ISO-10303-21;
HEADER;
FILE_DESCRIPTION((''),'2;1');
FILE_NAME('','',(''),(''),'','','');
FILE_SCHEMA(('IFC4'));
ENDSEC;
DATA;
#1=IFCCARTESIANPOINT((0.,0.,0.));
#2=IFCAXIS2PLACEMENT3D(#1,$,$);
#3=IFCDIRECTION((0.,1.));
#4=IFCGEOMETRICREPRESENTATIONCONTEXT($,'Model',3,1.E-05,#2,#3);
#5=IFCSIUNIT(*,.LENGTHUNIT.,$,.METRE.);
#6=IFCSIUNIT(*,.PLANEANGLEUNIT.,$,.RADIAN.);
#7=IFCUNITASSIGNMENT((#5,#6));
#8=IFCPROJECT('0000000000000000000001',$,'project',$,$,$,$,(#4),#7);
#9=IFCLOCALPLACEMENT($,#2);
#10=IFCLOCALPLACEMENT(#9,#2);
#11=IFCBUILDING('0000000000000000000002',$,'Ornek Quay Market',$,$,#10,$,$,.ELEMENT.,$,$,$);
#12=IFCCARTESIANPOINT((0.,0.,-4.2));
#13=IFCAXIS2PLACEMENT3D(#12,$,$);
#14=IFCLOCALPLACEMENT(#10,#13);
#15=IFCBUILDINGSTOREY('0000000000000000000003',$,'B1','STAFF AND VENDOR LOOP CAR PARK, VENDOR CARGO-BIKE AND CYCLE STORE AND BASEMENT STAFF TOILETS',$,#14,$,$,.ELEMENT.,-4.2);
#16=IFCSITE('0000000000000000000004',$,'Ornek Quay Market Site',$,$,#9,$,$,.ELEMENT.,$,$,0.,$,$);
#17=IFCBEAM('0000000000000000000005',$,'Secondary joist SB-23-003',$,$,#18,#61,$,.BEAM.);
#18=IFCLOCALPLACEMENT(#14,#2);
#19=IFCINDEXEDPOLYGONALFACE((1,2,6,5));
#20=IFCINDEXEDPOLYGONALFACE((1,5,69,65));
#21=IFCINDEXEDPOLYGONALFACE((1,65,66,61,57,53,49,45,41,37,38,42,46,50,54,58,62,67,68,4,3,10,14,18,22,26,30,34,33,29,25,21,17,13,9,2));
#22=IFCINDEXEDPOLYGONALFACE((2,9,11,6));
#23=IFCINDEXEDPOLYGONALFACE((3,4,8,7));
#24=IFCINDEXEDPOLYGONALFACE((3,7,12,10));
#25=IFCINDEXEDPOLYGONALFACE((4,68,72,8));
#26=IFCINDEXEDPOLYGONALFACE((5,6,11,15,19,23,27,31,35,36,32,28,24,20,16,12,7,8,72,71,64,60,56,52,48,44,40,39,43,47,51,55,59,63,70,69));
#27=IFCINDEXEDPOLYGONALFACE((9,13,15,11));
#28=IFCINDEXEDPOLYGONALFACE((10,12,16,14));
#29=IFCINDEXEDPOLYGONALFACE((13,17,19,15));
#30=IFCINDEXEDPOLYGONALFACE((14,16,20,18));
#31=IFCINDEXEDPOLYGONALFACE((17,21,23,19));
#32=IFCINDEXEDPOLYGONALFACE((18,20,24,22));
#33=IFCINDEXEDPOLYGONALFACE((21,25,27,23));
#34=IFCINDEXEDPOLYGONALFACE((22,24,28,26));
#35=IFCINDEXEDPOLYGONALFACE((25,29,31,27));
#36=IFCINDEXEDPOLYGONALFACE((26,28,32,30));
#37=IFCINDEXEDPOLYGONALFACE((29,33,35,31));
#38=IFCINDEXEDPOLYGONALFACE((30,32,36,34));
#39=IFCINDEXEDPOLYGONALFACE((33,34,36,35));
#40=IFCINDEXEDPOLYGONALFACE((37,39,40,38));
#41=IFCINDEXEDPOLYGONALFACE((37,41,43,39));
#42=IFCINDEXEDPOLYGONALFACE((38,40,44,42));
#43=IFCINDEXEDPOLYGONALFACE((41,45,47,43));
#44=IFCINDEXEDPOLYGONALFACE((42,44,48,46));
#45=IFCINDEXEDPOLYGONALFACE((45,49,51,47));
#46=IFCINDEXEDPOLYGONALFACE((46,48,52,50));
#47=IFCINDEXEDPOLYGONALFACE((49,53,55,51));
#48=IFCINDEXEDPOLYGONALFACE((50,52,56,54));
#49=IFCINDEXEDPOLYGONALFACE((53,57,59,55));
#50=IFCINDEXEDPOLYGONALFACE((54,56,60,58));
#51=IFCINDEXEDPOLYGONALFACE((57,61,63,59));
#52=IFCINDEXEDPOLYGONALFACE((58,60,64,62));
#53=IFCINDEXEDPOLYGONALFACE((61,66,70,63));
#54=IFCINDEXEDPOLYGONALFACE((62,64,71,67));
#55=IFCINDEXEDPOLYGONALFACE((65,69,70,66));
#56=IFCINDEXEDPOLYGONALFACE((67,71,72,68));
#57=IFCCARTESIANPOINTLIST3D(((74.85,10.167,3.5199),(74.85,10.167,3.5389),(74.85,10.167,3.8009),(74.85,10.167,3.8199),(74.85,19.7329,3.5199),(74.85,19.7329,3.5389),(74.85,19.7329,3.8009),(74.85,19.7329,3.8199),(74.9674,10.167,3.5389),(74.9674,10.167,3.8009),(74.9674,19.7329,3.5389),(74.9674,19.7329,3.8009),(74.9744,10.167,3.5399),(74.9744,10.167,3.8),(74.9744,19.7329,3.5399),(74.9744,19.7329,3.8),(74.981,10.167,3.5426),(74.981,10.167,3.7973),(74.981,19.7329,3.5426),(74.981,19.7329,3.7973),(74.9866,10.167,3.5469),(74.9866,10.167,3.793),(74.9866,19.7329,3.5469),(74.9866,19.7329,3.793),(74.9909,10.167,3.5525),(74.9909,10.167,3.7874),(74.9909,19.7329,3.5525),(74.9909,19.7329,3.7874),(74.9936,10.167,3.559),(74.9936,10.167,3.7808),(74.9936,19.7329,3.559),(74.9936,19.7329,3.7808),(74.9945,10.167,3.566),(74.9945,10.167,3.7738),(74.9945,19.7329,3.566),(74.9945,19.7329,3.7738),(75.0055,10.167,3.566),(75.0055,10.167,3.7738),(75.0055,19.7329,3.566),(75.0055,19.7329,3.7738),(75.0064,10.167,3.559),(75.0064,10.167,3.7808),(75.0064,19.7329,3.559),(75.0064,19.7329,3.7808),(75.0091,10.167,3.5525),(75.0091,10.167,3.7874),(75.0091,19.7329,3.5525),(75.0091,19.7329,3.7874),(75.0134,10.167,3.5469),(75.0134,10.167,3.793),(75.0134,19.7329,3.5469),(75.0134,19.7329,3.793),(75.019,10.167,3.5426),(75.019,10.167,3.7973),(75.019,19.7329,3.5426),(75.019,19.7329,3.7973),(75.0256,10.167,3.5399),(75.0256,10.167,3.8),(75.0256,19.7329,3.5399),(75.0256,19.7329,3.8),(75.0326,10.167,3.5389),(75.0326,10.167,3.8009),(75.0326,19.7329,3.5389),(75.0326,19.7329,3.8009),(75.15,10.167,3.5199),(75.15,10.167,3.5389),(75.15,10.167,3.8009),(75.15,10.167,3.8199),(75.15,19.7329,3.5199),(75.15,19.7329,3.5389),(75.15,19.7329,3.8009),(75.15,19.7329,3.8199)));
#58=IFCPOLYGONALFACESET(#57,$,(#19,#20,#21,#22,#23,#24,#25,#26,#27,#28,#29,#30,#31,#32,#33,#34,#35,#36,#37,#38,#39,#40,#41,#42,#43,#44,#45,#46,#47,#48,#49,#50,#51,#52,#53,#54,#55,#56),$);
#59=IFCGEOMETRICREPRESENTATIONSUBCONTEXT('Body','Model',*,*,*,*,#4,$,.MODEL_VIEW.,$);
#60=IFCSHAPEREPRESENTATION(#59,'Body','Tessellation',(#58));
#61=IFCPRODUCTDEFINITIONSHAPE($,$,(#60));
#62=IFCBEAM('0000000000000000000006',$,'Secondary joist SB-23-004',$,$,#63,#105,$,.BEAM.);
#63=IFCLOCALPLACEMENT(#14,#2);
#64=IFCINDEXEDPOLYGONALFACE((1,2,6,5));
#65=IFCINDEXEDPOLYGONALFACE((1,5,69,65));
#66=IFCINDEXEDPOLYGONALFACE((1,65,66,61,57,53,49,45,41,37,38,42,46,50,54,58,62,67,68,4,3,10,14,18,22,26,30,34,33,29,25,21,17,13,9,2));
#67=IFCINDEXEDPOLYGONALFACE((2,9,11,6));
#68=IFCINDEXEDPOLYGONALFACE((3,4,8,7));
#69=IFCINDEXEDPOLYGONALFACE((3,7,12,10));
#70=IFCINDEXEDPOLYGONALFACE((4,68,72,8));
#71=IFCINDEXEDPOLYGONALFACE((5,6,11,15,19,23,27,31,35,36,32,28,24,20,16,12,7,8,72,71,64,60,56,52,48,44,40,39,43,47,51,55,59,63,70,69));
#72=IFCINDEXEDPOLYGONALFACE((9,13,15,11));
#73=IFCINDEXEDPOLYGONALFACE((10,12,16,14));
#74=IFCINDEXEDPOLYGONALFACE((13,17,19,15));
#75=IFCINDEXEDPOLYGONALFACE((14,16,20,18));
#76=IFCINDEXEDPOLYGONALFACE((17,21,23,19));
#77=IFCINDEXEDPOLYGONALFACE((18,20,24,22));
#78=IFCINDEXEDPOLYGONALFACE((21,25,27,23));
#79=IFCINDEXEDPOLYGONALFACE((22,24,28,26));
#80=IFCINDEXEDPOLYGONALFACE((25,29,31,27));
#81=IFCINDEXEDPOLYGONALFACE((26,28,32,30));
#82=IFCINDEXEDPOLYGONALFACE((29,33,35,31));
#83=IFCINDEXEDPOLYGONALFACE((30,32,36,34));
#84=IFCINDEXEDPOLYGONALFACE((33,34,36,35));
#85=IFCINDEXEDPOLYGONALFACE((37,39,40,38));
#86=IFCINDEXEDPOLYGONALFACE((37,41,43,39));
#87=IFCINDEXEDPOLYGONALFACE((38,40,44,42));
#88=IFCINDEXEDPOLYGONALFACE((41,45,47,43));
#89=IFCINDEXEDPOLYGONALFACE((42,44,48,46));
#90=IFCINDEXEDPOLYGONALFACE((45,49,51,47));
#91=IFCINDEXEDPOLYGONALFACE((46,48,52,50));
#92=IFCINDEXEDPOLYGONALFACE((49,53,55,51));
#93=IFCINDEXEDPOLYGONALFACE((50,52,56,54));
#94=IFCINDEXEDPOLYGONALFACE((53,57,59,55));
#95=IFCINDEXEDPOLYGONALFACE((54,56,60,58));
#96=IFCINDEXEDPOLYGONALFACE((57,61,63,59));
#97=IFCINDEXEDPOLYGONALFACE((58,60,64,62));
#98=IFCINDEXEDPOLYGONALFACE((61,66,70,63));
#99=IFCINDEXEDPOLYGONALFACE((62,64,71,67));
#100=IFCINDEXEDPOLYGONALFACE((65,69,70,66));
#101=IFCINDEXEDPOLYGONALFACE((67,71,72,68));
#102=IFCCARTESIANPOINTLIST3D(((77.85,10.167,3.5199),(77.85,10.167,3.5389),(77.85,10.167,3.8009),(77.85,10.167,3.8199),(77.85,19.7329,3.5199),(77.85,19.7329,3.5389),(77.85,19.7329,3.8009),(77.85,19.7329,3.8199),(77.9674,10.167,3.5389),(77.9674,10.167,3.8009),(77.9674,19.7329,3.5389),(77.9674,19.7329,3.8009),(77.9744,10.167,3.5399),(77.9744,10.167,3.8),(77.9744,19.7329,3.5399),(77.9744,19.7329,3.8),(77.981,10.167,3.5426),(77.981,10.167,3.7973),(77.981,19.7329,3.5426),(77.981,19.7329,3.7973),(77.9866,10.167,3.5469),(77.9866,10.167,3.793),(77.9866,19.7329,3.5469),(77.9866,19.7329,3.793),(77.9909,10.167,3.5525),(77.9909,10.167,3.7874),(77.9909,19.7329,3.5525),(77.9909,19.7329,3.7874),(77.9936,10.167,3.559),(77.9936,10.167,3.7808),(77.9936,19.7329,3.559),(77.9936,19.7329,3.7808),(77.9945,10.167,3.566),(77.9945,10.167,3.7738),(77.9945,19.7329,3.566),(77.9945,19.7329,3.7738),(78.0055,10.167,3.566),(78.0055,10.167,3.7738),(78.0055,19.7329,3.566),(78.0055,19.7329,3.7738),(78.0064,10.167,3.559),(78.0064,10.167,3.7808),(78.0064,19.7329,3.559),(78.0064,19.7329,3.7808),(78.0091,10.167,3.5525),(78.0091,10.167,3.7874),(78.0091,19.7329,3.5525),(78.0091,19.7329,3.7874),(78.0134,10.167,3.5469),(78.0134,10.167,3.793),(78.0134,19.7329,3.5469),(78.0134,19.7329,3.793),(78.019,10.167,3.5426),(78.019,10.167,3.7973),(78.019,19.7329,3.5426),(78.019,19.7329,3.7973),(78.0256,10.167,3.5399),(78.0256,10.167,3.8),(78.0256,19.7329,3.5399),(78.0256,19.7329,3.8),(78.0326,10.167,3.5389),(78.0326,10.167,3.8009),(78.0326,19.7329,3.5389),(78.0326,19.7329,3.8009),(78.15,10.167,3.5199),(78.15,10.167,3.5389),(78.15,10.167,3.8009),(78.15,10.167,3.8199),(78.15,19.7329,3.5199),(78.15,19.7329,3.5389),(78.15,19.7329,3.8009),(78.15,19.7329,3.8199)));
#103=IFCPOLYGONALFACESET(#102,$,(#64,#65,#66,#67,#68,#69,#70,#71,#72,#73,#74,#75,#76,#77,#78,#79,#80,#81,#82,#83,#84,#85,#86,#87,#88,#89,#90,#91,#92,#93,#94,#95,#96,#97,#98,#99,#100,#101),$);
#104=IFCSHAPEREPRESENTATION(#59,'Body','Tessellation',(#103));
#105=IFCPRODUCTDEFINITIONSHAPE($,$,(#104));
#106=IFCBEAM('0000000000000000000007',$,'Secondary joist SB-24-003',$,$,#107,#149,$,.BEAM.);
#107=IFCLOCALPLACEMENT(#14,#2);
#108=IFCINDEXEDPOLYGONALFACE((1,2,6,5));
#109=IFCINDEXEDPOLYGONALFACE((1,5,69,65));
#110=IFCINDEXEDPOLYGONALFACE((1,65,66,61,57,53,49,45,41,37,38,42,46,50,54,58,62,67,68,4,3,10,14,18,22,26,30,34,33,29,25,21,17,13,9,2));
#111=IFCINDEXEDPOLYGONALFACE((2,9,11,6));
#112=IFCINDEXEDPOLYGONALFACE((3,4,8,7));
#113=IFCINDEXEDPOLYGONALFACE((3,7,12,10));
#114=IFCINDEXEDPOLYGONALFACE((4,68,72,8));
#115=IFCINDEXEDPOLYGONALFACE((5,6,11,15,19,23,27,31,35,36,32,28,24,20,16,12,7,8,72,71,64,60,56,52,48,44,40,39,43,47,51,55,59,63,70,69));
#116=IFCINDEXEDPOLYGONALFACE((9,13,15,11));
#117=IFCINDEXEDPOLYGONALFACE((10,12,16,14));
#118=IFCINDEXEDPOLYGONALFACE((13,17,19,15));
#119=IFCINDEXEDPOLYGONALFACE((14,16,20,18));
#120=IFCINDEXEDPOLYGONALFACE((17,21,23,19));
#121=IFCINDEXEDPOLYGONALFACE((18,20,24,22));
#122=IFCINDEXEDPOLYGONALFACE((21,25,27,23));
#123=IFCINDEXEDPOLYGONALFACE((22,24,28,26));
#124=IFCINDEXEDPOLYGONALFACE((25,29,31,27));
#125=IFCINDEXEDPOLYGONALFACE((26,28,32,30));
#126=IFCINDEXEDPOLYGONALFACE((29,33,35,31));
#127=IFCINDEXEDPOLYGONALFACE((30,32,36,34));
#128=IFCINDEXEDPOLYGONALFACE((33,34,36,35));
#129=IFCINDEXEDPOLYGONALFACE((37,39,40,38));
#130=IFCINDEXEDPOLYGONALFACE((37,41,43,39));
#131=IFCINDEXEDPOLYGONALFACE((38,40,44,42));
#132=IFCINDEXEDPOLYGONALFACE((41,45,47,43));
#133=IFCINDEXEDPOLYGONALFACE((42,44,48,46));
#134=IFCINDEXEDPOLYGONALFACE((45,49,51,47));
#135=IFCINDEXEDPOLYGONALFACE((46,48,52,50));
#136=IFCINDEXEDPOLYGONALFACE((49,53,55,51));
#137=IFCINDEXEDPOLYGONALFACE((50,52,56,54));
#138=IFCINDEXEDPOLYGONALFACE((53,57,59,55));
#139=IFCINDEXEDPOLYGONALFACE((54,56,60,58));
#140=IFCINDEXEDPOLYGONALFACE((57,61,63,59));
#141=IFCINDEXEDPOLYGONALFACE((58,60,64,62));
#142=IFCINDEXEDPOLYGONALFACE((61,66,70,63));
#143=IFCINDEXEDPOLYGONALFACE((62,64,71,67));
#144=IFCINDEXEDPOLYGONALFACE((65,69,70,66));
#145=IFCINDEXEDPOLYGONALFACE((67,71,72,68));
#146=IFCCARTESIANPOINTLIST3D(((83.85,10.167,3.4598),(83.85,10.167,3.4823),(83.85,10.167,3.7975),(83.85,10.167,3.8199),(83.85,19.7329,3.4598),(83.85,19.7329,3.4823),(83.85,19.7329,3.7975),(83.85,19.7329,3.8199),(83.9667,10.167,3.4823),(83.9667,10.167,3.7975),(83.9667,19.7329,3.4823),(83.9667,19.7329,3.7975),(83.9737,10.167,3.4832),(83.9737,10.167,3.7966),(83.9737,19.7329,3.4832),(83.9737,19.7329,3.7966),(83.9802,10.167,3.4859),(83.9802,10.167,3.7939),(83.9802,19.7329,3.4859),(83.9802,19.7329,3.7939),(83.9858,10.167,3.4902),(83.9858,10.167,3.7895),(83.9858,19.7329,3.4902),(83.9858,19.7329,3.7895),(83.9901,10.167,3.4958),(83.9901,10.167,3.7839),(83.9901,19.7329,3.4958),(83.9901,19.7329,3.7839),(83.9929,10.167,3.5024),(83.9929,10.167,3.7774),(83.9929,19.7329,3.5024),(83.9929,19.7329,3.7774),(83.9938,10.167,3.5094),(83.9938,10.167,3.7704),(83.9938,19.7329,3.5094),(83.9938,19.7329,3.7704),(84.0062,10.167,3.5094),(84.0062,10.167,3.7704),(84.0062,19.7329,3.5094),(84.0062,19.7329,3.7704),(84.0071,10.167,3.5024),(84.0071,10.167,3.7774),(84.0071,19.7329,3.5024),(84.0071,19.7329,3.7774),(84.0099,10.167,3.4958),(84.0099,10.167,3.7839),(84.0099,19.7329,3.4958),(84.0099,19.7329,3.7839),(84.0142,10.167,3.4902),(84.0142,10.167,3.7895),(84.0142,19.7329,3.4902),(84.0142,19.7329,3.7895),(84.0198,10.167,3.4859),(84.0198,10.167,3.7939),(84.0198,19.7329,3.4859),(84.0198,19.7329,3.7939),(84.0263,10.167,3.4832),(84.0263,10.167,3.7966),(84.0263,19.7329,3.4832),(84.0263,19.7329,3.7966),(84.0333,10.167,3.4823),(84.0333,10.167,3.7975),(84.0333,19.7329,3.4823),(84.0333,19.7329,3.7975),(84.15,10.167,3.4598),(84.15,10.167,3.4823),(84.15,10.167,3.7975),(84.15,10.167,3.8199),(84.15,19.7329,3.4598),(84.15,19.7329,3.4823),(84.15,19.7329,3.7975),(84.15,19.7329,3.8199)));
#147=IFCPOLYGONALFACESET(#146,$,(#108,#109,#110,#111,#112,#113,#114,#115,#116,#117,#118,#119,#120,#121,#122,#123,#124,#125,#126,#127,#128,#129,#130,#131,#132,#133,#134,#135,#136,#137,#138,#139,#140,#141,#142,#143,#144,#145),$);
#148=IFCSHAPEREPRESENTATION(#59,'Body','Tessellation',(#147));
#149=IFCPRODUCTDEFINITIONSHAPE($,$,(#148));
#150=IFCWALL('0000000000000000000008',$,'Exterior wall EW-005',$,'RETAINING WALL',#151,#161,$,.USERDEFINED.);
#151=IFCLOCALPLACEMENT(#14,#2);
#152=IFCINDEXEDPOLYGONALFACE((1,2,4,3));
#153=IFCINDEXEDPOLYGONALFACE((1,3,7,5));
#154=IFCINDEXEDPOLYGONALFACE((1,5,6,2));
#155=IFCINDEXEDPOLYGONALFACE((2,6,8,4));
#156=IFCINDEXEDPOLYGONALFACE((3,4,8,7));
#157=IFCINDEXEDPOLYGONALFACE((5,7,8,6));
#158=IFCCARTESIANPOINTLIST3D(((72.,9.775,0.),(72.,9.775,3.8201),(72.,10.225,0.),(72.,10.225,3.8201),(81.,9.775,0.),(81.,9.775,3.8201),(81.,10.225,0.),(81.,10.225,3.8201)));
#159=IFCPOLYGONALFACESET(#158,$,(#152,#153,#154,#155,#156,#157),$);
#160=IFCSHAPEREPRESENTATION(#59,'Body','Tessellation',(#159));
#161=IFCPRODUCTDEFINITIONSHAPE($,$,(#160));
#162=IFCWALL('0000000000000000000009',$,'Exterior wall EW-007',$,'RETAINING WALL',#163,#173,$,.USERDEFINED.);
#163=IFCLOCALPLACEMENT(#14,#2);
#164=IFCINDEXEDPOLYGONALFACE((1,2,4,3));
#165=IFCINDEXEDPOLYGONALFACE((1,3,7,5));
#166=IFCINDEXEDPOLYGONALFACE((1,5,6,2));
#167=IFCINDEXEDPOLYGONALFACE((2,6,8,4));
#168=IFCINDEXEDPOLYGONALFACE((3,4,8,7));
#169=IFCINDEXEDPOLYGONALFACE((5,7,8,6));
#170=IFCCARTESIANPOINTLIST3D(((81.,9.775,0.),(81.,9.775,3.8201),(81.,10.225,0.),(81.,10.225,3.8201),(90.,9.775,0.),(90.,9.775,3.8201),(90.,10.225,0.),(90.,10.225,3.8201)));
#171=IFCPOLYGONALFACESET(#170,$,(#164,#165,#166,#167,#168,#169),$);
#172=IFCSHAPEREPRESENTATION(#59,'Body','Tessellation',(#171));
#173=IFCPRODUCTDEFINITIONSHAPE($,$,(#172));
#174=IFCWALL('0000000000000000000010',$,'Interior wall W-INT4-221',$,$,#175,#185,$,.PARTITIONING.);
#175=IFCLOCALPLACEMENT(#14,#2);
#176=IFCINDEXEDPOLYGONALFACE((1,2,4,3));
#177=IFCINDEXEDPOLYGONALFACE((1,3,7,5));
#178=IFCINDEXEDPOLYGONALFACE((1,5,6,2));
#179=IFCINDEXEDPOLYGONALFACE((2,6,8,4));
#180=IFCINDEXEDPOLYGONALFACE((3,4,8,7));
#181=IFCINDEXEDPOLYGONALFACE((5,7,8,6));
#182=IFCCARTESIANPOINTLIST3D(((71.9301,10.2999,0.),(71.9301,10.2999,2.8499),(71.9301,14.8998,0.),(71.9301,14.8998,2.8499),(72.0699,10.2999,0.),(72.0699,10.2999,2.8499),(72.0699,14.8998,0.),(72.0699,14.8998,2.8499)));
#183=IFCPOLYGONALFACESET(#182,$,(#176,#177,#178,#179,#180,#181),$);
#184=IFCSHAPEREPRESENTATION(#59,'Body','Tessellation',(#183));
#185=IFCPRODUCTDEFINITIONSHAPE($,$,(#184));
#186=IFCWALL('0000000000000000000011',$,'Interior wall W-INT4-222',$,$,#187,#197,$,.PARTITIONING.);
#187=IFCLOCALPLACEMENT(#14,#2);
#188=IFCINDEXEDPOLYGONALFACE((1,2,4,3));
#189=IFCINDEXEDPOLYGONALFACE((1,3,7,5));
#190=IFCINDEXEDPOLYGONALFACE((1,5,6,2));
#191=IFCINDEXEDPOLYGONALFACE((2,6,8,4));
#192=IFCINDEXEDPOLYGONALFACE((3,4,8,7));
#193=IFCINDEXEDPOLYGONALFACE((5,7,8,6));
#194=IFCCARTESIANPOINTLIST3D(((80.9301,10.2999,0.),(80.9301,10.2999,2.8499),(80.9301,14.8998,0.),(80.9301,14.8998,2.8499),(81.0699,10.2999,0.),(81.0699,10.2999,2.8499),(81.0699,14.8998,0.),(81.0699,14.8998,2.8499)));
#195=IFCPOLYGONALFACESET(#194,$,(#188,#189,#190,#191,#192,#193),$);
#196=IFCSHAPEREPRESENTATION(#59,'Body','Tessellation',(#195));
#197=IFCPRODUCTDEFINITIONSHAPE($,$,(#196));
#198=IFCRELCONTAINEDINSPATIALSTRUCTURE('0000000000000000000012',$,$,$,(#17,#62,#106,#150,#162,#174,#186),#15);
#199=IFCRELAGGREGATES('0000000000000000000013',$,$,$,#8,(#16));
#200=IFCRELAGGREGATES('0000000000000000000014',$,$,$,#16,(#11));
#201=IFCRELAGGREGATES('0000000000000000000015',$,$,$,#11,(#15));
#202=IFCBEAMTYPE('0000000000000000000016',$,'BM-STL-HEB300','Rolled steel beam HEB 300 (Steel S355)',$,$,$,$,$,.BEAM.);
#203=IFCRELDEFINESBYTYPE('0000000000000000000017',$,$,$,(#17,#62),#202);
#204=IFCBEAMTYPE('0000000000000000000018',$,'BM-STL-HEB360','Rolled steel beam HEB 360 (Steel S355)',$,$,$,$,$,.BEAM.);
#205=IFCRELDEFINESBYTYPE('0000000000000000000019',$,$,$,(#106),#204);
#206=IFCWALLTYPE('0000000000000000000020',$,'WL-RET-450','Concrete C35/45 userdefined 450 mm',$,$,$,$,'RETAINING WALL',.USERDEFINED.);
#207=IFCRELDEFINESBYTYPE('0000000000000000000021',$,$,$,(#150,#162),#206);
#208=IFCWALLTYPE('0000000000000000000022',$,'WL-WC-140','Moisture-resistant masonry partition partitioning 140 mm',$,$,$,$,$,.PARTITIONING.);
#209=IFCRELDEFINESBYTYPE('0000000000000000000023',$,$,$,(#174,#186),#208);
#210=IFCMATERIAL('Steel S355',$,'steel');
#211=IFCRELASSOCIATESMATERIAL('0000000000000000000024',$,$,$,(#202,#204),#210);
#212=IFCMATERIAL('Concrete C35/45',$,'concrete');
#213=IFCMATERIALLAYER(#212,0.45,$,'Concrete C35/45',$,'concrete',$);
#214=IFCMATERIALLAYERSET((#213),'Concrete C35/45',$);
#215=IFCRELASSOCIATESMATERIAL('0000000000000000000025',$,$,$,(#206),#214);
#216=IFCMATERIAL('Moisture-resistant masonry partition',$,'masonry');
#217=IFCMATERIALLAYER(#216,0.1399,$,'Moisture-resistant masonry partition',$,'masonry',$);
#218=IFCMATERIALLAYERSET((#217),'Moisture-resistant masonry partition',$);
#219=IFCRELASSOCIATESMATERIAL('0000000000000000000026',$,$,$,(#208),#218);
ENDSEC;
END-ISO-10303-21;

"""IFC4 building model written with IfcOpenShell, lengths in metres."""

from ifc_helpers import new_model, si_unit, direction, frame, frame_2d, origin, origin_2d, place, context, subcontext, project, spatial, rectangle, i_section, extrude, material, layer, layer_set, material_profile, profile_set, type_object, element, save


model = new_model("IFC4")

# Units and contexts
model_context = context("Model", 3, precision=1e-05, world=origin(), true_north=direction((0.0, 1.0)))
body_context = subcontext(model_context, "Body", "Model", "MODEL_VIEW")
ifc_project = project(units=[si_unit("LENGTHUNIT", "METRE"), si_unit("PLANEANGLEUNIT", "RADIAN")], contexts=[model_context])

# Site, building, storey
site_placement = place(None, origin())
site = spatial("IfcSite", under=ifc_project, at=site_placement, Name="Ornek Quay Market Site", CompositionType="ELEMENT", RefElevation=0.0)
building_placement = place(site_placement, origin())
building = spatial("IfcBuilding", under=site, at=building_placement, Name="Ornek Quay Market", CompositionType="ELEMENT")
storey_placement = place(building_placement, frame((0.0, 0.0, -4.2)))
storey = spatial("IfcBuildingStorey", under=building, at=storey_placement, Name="B1", Description="STAFF AND VENDOR LOOP CAR PARK, VENDOR CARGO-BIKE AND CYCLE STORE AND BASEMENT STAFF TOILETS", CompositionType="ELEMENT", Elevation=-4.2)

# Shared definitions
ifc_material_1 = material(Name="Concrete C35/45", Category="concrete")

# Beams
ifc_material_2 = material(Name="Steel S355", Category="steel")
ifc_material_profile_1 = material_profile(ifc_material_2, i_section(OverallWidth=0.3, OverallDepth=0.3, WebThickness=0.011, FlangeThickness=0.019, FilletRadius=0.0271, at=origin_2d()), Name="HEB 300", Category="steel")
ifc_profile_set_1 = profile_set([ifc_material_profile_1], Name="Steel S355")
beam_type_1 = type_object("IfcBeamType", Name="BM-STL-HEB300", Description="Rolled steel beam HEB 300 (Steel S355)", PredefinedType="BEAM", material=ifc_profile_set_1)
for number, where, z_axis, x_axis, name in (
    (1, (75.0, 10.167, 3.6699), (0.0, 1.0, 0.0), (-1.0, 0.0, 0.0), "Secondary joist SB-23-003"),
    (2, (78.0, 10.167, 3.6699), (0.0, 1.0, 0.0), (-1.0, 0.0, 0.0), "Secondary joist SB-23-004"),
):
    element("IfcBeam", number, at=place(storey_placement, frame(where, z_axis=z_axis, x_axis=x_axis)), inside=storey, type_object=beam_type_1, Name=name, PredefinedType="BEAM", context=body_context, shape_type="SweptSolid", body=[
        extrude(i_section(OverallWidth=0.3, OverallDepth=0.3, WebThickness=0.011, FlangeThickness=0.019, FilletRadius=0.0271, at=origin_2d()), origin(), (0.0, 0.0, 1.0), 9.5659),
    ])
ifc_material_profile_2 = material_profile(ifc_material_2, i_section(OverallWidth=0.3, OverallDepth=0.3601, WebThickness=0.0125, FlangeThickness=0.0225, FilletRadius=0.0271, at=origin_2d()), Name="HEB 360", Category="steel")
ifc_profile_set_2 = profile_set([ifc_material_profile_2], Name="Steel S355")
beam_type_2 = type_object("IfcBeamType", Name="BM-STL-HEB360", Description="Rolled steel beam HEB 360 (Steel S355)", PredefinedType="BEAM", material=ifc_profile_set_2)
beam_1_placement = place(storey_placement, frame((84.0, 10.167, 3.6399), z_axis=(0.0, 1.0, 0.0), x_axis=(-1.0, 0.0, 0.0)))
element("IfcBeam", 3, at=beam_1_placement, inside=storey, type_object=beam_type_2, Name="Secondary joist SB-24-003", PredefinedType="BEAM", context=body_context, shape_type="SweptSolid", body=[
    extrude(i_section(OverallWidth=0.3, OverallDepth=0.3601, WebThickness=0.0125, FlangeThickness=0.0225, FilletRadius=0.0271, at=origin_2d()), origin(), (0.0, 0.0, 1.0), 9.5659),
])

# Walls
ifc_layer_1 = layer(ifc_material_1, 0.45, Name="Concrete C35/45", Category="concrete")
ifc_layer_set_1 = layer_set([ifc_layer_1], Name="Concrete C35/45")
wall_type_1 = type_object("IfcWallType", Name="WL-RET-450", Description="Concrete C35/45 userdefined 450 mm", ElementType="RETAINING WALL", PredefinedType="USERDEFINED", material=ifc_layer_set_1)
for number, where, z_axis, x_axis, name in (
    (4, (72.0, 10.0, 0.0), (0.0, 0.0, 1.0), (1.0, 0.0, 0.0), "Exterior wall EW-005"),
    (5, (81.0, 10.0, 0.0), (0.0, 0.0, 1.0), (1.0, 0.0, 0.0), "Exterior wall EW-007"),
):
    element("IfcWall", number, at=place(storey_placement, frame(where, z_axis=z_axis, x_axis=x_axis)), inside=storey, type_object=wall_type_1, Name=name, ObjectType="RETAINING WALL", PredefinedType="USERDEFINED", context=body_context, shape_type="SweptSolid", body=[
        extrude(rectangle(XDim=9.0, YDim=0.45, at=frame_2d((4.5, 0.0))), origin(), (0.0, 0.0, 1.0), 3.8201),
    ])
ifc_material_3 = material(Name="Moisture-resistant masonry partition", Category="masonry")
ifc_layer_2 = layer(ifc_material_3, 0.1399, Name="Moisture-resistant masonry partition", Category="masonry")
ifc_layer_set_2 = layer_set([ifc_layer_2], Name="Moisture-resistant masonry partition")
wall_type_2 = type_object("IfcWallType", Name="WL-WC-140", Description="Moisture-resistant masonry partition partitioning 140 mm", PredefinedType="PARTITIONING", material=ifc_layer_set_2)
for number, where, z_axis, x_axis, name in (
    (6, (72.0, 10.3, 0.0), (0.0, 0.0, 1.0), (0.0, 1.0, 0.0), "Interior wall W-INT4-221"),
    (7, (81.0, 10.3, 0.0), (0.0, 0.0, 1.0), (0.0, 1.0, 0.0), "Interior wall W-INT4-222"),
):
    element("IfcWall", number, at=place(storey_placement, frame(where, z_axis=z_axis, x_axis=x_axis)), inside=storey, type_object=wall_type_2, Name=name, PredefinedType="PARTITIONING", context=body_context, shape_type="SweptSolid", body=[
        extrude(rectangle(XDim=4.5999, YDim=0.1399, at=frame_2d((2.2998, 0.0))), origin(), (0.0, 0.0, 1.0), 2.8499),
    ])

save(model, "model.ifc")
